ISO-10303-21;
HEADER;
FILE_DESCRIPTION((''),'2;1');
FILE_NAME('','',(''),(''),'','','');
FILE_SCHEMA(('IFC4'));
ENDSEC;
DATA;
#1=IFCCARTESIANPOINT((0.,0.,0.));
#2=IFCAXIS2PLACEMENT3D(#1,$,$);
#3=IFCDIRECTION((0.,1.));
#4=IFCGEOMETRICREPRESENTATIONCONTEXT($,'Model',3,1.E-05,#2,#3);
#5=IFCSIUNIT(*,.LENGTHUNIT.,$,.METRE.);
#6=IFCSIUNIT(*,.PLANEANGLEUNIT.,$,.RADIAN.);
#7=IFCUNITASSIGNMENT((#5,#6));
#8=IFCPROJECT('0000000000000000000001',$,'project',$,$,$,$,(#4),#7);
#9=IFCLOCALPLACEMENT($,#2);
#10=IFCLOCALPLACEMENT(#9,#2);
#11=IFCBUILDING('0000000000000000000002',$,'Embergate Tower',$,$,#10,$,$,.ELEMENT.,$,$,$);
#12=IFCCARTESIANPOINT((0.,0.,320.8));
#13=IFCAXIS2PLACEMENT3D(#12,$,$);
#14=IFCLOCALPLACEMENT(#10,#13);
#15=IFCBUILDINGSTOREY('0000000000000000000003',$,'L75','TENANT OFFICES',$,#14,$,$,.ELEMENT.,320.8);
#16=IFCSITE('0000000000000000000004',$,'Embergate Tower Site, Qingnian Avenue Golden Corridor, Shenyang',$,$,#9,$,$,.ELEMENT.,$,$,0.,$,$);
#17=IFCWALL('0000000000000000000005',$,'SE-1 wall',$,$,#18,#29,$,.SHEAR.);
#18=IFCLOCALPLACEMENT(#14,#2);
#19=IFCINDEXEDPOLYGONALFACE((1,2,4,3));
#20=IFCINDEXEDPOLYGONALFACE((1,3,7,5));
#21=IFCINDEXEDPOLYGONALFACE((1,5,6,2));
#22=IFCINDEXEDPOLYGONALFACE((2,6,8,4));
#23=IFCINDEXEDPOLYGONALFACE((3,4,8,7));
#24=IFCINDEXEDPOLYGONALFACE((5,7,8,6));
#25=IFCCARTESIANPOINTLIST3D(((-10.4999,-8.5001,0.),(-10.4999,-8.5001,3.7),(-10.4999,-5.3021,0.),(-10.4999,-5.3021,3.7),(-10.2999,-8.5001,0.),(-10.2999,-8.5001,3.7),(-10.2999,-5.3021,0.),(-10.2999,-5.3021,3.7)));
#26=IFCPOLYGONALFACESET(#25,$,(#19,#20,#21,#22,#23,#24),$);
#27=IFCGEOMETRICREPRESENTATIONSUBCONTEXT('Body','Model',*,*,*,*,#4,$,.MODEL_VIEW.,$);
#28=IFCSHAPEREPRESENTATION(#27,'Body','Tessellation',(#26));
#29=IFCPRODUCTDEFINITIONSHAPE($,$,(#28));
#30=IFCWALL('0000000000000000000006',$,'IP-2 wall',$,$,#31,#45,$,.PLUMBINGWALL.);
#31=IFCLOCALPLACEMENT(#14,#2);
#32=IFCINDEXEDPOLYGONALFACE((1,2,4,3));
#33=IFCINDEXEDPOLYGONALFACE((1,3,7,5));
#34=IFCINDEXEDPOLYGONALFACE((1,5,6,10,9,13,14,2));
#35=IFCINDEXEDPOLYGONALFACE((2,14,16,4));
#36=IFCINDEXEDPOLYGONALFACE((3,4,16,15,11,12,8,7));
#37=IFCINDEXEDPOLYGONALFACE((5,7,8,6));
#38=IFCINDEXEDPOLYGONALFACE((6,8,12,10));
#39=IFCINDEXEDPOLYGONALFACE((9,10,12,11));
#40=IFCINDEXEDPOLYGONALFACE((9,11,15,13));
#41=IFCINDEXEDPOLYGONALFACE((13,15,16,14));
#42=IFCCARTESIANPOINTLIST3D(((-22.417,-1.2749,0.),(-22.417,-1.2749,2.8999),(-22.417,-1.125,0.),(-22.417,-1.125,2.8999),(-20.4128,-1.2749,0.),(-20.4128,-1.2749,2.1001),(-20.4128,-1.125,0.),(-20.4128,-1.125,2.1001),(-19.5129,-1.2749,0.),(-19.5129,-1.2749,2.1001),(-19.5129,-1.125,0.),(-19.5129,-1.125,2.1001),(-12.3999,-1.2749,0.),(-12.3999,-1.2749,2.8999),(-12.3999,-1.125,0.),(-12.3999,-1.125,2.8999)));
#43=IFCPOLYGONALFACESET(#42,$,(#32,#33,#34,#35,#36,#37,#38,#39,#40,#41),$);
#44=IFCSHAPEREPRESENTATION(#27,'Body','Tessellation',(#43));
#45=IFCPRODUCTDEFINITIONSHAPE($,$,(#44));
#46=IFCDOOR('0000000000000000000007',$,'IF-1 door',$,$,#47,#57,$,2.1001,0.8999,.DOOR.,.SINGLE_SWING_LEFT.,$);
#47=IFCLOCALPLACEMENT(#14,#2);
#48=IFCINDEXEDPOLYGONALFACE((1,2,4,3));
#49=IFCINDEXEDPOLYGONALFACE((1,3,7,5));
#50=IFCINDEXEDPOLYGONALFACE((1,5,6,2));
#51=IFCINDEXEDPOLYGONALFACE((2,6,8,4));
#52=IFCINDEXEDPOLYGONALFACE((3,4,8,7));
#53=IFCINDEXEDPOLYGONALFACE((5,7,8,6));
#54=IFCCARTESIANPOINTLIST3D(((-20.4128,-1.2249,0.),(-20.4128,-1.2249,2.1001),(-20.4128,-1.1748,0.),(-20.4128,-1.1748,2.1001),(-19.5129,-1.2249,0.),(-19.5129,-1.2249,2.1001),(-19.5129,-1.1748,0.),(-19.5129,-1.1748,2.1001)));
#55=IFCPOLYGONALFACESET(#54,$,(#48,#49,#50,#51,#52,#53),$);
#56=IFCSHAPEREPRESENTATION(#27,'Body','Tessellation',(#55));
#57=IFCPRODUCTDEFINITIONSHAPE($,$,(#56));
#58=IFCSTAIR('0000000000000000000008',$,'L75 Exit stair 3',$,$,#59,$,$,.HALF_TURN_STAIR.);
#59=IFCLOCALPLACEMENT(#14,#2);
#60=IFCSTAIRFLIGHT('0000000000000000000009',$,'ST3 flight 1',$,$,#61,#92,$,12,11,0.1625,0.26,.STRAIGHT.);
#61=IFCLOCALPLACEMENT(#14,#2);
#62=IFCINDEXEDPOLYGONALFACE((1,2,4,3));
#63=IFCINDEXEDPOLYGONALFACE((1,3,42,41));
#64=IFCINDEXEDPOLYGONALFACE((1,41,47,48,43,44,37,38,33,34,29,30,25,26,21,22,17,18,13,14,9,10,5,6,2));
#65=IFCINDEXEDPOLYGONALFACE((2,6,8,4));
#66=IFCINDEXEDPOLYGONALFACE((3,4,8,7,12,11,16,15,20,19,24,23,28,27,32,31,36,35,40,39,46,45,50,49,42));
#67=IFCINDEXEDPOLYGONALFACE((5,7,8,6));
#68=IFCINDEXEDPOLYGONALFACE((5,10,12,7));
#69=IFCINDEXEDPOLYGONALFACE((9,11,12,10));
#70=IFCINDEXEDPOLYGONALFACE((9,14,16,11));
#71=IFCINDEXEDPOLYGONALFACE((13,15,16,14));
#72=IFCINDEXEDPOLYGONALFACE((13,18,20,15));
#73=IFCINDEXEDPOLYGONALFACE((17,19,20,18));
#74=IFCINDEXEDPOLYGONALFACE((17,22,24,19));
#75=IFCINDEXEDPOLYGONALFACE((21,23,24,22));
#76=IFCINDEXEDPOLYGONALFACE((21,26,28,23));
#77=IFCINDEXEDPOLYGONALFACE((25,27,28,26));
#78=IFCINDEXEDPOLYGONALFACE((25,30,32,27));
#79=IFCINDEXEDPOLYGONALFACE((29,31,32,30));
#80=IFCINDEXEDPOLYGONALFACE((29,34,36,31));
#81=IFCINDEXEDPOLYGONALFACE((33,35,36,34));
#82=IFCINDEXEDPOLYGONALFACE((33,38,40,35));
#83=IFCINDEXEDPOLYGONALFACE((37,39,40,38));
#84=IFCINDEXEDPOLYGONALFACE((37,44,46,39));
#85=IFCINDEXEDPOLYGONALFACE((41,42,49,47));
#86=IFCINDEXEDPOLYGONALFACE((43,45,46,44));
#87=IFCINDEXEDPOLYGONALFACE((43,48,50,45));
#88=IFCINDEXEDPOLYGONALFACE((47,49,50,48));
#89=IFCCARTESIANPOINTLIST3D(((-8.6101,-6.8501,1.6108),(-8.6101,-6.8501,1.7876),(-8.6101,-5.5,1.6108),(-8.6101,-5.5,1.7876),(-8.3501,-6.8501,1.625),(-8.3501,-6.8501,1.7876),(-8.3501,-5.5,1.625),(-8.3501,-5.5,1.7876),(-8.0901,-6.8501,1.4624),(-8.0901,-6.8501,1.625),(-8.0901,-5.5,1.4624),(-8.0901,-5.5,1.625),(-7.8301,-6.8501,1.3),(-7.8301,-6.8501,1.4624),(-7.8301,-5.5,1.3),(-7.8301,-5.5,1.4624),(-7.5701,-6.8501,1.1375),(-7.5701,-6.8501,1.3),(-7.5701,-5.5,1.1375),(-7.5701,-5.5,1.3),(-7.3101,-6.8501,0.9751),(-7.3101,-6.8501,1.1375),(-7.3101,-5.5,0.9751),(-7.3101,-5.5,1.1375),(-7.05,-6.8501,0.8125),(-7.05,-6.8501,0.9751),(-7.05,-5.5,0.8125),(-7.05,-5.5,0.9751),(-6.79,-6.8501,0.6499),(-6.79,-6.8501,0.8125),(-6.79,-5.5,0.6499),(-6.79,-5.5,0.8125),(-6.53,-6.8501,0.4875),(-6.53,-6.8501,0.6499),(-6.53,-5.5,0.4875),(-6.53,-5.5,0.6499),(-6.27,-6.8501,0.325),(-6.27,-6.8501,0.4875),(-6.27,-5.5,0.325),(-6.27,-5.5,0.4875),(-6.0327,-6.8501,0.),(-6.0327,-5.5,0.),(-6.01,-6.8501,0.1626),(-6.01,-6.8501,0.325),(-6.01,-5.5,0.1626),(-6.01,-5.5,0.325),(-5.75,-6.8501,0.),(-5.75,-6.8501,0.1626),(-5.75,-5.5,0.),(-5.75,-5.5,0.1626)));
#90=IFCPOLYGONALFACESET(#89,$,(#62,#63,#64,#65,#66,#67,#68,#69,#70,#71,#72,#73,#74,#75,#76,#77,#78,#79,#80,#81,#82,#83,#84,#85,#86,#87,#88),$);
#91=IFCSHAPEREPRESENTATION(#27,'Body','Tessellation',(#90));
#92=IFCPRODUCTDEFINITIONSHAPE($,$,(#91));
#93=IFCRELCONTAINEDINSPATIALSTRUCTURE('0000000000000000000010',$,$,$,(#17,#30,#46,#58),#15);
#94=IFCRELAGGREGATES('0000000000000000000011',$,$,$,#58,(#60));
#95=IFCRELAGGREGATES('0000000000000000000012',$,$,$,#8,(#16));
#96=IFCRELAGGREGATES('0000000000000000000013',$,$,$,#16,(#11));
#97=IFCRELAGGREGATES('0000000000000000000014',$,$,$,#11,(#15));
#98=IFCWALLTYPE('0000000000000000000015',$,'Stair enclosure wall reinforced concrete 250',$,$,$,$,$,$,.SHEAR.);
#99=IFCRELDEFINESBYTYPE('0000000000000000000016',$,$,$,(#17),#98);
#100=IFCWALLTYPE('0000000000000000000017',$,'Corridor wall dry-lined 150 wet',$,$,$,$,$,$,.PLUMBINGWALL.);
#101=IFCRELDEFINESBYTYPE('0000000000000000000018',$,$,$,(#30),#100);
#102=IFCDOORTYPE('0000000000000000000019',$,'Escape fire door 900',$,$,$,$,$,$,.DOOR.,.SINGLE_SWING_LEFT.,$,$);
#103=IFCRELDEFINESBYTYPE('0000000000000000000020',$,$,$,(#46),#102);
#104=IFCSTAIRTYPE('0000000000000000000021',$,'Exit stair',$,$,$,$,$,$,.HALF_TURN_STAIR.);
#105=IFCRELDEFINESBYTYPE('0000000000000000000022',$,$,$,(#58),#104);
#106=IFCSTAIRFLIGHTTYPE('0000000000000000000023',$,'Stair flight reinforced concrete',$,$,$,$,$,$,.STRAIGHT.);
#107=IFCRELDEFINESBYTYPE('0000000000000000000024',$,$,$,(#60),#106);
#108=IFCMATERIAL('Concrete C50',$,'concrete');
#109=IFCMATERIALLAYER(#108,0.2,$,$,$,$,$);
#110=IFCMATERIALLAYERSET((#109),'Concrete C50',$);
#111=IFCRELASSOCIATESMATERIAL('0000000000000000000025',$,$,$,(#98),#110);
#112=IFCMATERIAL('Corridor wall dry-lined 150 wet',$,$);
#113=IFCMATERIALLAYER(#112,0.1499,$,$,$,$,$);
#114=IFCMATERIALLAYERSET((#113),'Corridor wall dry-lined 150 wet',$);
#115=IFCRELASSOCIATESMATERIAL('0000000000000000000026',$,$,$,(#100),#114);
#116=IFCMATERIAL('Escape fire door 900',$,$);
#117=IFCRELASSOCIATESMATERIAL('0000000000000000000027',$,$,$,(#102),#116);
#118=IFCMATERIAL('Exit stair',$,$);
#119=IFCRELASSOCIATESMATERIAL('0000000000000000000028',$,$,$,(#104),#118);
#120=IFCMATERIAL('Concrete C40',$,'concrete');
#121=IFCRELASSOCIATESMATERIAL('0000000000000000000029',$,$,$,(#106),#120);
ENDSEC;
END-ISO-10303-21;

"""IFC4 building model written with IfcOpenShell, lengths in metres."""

from ifc_helpers import new_model, si_unit, direction, frame, frame_2d, origin, place, context, subcontext, project, spatial, polyline, rectangle, outline, extrude, source, transform, mapped, material, layer, layer_set, type_object, element, fill, aggregate, save


model = new_model("IFC4")

# Units and contexts
model_context = context("Model", 3, precision=1e-05, world=origin(), true_north=direction((0.0, 1.0)))
body_context = subcontext(model_context, "Body", "Model", "MODEL_VIEW")
ifc_project = project(units=[si_unit("LENGTHUNIT", "METRE"), si_unit("PLANEANGLEUNIT", "RADIAN")], contexts=[model_context])

# Site, building, storey
site_placement = place(None, origin())
site = spatial("IfcSite", under=ifc_project, at=site_placement, Name="Embergate Tower Site, Qingnian Avenue Golden Corridor, Shenyang", CompositionType="ELEMENT", RefElevation=0.0)
building_placement = place(site_placement, origin())
building = spatial("IfcBuilding", under=site, at=building_placement, Name="Embergate Tower", CompositionType="ELEMENT")
storey_placement = place(building_placement, frame((0.0, 0.0, 320.8)))
storey = spatial("IfcBuildingStorey", under=building, at=storey_placement, Name="L75", Description="TENANT OFFICES", CompositionType="ELEMENT", Elevation=320.8)

# Shared definitions
ifc_material_1 = material(Name="Concrete C50", Category="concrete")
ifc_layer_1 = layer(ifc_material_1, 0.2)
ifc_layer_set_1 = layer_set([ifc_layer_1], Name="Concrete C50")
wall_type_1 = type_object("IfcWallType", Name="Stair enclosure wall reinforced concrete 250", PredefinedType="SHEAR", material=ifc_layer_set_1)

# Shared definitions
shared_shape_1 = source(origin(), body_context, "Body", "SweptSolid", [
    extrude(rectangle(XDim=0.8999, YDim=2.1001, at=frame_2d((0.45, 1.05))), frame((0.0, 0.0249, 0.0), z_axis=(0.0, -1.0, 0.0), x_axis=(1.0, 0.0, 0.0)), (0.0, 0.0, 1.0), 0.05),
])

# Wall
shared_shape_2 = source(origin(), body_context, "Body", "SweptSolid", [
    extrude(rectangle(XDim=3.198, YDim=0.2, at=frame_2d((1.5991, 0.0))), origin(), (0.0, 0.0, 1.0), 3.7),
])
wall_1_placement = place(storey_placement, frame((-10.3999, -5.302, 0.0), z_axis=(0.0, 0.0, 1.0), x_axis=(0.0, -1.0, 0.0)))
element("IfcWall", 1, at=wall_1_placement, inside=storey, type_object=wall_type_1, Name="SE-1 wall", PredefinedType="SHEAR", context=body_context, shape_type="MappedRepresentation", body=[
    mapped(shared_shape_2, transform((0.0, 0.0, 0.0))),
])

# Wall, opening, door
ifc_material_2 = material(Name="Corridor wall dry-lined 150 wet")
ifc_layer_2 = layer(ifc_material_2, 0.1499)
ifc_layer_set_2 = layer_set([ifc_layer_2], Name="Corridor wall dry-lined 150 wet")
wall_type_2 = type_object("IfcWallType", Name="Corridor wall dry-lined 150 wet", PredefinedType="PLUMBINGWALL", material=ifc_layer_set_2)
shared_shape_3 = source(origin(), body_context, "Body", "SweptSolid", [
    extrude(rectangle(XDim=10.0171, YDim=0.1499, at=frame_2d((5.0085, 0.0))), origin(), (0.0, 0.0, 1.0), 2.8999),
])
wall_2_placement = place(storey_placement, frame((-12.3999, -1.2, 0.0), z_axis=(0.0, 0.0, 1.0), x_axis=(-1.0, 0.0, 0.0)))
wall_2 = element("IfcWall", 2, at=wall_2_placement, inside=storey, type_object=wall_type_2, Name="IP-2 wall", PredefinedType="PLUMBINGWALL", context=body_context, shape_type="MappedRepresentation", body=[
    mapped(shared_shape_3, transform((0.0, 0.0, 0.0))),
])
shared_shape_4 = source(origin(), body_context, "Body", "SweptSolid", [
    extrude(rectangle(XDim=0.8999, YDim=2.1001, at=frame_2d((0.45, 1.05))), frame((0.0, 0.085, 0.0), z_axis=(0.0, -1.0, 0.0), x_axis=(1.0, 0.0, 0.0)), (0.0, 0.0, 1.0), 0.1699),
])
opening_1_placement = place(wall_2_placement, frame((7.113, 0.0, 0.0)))
opening_1 = element("IfcOpeningElement", 3, at=opening_1_placement, cuts=wall_2, PredefinedType="OPENING", context=body_context, shape_type="MappedRepresentation", body=[
    mapped(shared_shape_4, transform((0.0, 0.0, 0.0))),
])
ifc_material_3 = material(Name="Escape fire door 900")
door_type_1 = type_object("IfcDoorType", Name="Escape fire door 900", OperationType="SINGLE_SWING_LEFT", PredefinedType="DOOR", material=ifc_material_3)
door_1_placement = place(opening_1_placement, origin())
door_1 = element("IfcDoor", 4, at=door_1_placement, inside=storey, type_object=door_type_1, Name="IF-1 door", OperationType="SINGLE_SWING_LEFT", OverallHeight=2.1001, OverallWidth=0.8999, PredefinedType="DOOR", context=body_context, shape_type="MappedRepresentation", body=[
    mapped(shared_shape_1, transform((0.0, 0.0, 0.0))),
])
fill(opening_1, door_1)

# Stair, stair flight
ifc_material_4 = material(Name="Exit stair")
stair_type = type_object("IfcStairType", Name="Exit stair", PredefinedType="HALF_TURN_STAIR", material=ifc_material_4)
stair_placement = place(storey_placement, origin())
stair = element("IfcStair", 5, at=stair_placement, inside=storey, type_object=stair_type, Name="L75 Exit stair 3", PredefinedType="HALF_TURN_STAIR")
ifc_material_5 = material(Name="Concrete C40", Category="concrete")
stair_flight_type = type_object("IfcStairFlightType", Name="Stair flight reinforced concrete", PredefinedType="STRAIGHT", material=ifc_material_5)
shared_shape_5 = source(origin(), body_context, "Body", "SweptSolid", [
    extrude(outline(polyline([(0.0, 0.0), (0.0, 0.1626), (0.26, 0.1626), (0.26, 0.325), (0.52, 0.325), (0.52, 0.4875), (0.78, 0.4875), (0.78, 0.6499), (1.04, 0.6499), (1.04, 0.8125), (1.3, 0.8125), (1.3, 0.9751), (1.5601, 0.9751), (1.5601, 1.1375), (1.8201, 1.1375), (1.8201, 1.3), (2.0801, 1.3), (2.0801, 1.4624), (2.3401, 1.4624), (2.3401, 1.625), (2.6001, 1.625), (2.6001, 1.7876), (2.8601, 1.7876), (2.8601, 1.95), (2.8601, 1.6108), (0.2827, 0.0), (0.0, 0.0)])), frame((0.0, 0.675, 0.0), z_axis=(0.0, -1.0, 0.0), x_axis=(1.0, 0.0, 0.0)), (0.0, 0.0, 1.0), 1.3501),
])
stair_flight_placement = place(storey_placement, frame((-5.75, -6.175, 0.0), z_axis=(0.0, 0.0, 1.0), x_axis=(-1.0, 0.0, 0.0)))
stair_flight = element("IfcStairFlight", 6, at=stair_flight_placement, type_object=stair_flight_type, Name="ST3 flight 1", NumberOfRisers=12, NumberOfTreads=11, PredefinedType="STRAIGHT", RiserHeight=0.1625, TreadLength=0.26, context=body_context, shape_type="MappedRepresentation", body=[
    mapped(shared_shape_5, transform((0.0, 0.0, 0.0))),
])
aggregate(stair, [stair_flight])

save(model, "model.ifc")
